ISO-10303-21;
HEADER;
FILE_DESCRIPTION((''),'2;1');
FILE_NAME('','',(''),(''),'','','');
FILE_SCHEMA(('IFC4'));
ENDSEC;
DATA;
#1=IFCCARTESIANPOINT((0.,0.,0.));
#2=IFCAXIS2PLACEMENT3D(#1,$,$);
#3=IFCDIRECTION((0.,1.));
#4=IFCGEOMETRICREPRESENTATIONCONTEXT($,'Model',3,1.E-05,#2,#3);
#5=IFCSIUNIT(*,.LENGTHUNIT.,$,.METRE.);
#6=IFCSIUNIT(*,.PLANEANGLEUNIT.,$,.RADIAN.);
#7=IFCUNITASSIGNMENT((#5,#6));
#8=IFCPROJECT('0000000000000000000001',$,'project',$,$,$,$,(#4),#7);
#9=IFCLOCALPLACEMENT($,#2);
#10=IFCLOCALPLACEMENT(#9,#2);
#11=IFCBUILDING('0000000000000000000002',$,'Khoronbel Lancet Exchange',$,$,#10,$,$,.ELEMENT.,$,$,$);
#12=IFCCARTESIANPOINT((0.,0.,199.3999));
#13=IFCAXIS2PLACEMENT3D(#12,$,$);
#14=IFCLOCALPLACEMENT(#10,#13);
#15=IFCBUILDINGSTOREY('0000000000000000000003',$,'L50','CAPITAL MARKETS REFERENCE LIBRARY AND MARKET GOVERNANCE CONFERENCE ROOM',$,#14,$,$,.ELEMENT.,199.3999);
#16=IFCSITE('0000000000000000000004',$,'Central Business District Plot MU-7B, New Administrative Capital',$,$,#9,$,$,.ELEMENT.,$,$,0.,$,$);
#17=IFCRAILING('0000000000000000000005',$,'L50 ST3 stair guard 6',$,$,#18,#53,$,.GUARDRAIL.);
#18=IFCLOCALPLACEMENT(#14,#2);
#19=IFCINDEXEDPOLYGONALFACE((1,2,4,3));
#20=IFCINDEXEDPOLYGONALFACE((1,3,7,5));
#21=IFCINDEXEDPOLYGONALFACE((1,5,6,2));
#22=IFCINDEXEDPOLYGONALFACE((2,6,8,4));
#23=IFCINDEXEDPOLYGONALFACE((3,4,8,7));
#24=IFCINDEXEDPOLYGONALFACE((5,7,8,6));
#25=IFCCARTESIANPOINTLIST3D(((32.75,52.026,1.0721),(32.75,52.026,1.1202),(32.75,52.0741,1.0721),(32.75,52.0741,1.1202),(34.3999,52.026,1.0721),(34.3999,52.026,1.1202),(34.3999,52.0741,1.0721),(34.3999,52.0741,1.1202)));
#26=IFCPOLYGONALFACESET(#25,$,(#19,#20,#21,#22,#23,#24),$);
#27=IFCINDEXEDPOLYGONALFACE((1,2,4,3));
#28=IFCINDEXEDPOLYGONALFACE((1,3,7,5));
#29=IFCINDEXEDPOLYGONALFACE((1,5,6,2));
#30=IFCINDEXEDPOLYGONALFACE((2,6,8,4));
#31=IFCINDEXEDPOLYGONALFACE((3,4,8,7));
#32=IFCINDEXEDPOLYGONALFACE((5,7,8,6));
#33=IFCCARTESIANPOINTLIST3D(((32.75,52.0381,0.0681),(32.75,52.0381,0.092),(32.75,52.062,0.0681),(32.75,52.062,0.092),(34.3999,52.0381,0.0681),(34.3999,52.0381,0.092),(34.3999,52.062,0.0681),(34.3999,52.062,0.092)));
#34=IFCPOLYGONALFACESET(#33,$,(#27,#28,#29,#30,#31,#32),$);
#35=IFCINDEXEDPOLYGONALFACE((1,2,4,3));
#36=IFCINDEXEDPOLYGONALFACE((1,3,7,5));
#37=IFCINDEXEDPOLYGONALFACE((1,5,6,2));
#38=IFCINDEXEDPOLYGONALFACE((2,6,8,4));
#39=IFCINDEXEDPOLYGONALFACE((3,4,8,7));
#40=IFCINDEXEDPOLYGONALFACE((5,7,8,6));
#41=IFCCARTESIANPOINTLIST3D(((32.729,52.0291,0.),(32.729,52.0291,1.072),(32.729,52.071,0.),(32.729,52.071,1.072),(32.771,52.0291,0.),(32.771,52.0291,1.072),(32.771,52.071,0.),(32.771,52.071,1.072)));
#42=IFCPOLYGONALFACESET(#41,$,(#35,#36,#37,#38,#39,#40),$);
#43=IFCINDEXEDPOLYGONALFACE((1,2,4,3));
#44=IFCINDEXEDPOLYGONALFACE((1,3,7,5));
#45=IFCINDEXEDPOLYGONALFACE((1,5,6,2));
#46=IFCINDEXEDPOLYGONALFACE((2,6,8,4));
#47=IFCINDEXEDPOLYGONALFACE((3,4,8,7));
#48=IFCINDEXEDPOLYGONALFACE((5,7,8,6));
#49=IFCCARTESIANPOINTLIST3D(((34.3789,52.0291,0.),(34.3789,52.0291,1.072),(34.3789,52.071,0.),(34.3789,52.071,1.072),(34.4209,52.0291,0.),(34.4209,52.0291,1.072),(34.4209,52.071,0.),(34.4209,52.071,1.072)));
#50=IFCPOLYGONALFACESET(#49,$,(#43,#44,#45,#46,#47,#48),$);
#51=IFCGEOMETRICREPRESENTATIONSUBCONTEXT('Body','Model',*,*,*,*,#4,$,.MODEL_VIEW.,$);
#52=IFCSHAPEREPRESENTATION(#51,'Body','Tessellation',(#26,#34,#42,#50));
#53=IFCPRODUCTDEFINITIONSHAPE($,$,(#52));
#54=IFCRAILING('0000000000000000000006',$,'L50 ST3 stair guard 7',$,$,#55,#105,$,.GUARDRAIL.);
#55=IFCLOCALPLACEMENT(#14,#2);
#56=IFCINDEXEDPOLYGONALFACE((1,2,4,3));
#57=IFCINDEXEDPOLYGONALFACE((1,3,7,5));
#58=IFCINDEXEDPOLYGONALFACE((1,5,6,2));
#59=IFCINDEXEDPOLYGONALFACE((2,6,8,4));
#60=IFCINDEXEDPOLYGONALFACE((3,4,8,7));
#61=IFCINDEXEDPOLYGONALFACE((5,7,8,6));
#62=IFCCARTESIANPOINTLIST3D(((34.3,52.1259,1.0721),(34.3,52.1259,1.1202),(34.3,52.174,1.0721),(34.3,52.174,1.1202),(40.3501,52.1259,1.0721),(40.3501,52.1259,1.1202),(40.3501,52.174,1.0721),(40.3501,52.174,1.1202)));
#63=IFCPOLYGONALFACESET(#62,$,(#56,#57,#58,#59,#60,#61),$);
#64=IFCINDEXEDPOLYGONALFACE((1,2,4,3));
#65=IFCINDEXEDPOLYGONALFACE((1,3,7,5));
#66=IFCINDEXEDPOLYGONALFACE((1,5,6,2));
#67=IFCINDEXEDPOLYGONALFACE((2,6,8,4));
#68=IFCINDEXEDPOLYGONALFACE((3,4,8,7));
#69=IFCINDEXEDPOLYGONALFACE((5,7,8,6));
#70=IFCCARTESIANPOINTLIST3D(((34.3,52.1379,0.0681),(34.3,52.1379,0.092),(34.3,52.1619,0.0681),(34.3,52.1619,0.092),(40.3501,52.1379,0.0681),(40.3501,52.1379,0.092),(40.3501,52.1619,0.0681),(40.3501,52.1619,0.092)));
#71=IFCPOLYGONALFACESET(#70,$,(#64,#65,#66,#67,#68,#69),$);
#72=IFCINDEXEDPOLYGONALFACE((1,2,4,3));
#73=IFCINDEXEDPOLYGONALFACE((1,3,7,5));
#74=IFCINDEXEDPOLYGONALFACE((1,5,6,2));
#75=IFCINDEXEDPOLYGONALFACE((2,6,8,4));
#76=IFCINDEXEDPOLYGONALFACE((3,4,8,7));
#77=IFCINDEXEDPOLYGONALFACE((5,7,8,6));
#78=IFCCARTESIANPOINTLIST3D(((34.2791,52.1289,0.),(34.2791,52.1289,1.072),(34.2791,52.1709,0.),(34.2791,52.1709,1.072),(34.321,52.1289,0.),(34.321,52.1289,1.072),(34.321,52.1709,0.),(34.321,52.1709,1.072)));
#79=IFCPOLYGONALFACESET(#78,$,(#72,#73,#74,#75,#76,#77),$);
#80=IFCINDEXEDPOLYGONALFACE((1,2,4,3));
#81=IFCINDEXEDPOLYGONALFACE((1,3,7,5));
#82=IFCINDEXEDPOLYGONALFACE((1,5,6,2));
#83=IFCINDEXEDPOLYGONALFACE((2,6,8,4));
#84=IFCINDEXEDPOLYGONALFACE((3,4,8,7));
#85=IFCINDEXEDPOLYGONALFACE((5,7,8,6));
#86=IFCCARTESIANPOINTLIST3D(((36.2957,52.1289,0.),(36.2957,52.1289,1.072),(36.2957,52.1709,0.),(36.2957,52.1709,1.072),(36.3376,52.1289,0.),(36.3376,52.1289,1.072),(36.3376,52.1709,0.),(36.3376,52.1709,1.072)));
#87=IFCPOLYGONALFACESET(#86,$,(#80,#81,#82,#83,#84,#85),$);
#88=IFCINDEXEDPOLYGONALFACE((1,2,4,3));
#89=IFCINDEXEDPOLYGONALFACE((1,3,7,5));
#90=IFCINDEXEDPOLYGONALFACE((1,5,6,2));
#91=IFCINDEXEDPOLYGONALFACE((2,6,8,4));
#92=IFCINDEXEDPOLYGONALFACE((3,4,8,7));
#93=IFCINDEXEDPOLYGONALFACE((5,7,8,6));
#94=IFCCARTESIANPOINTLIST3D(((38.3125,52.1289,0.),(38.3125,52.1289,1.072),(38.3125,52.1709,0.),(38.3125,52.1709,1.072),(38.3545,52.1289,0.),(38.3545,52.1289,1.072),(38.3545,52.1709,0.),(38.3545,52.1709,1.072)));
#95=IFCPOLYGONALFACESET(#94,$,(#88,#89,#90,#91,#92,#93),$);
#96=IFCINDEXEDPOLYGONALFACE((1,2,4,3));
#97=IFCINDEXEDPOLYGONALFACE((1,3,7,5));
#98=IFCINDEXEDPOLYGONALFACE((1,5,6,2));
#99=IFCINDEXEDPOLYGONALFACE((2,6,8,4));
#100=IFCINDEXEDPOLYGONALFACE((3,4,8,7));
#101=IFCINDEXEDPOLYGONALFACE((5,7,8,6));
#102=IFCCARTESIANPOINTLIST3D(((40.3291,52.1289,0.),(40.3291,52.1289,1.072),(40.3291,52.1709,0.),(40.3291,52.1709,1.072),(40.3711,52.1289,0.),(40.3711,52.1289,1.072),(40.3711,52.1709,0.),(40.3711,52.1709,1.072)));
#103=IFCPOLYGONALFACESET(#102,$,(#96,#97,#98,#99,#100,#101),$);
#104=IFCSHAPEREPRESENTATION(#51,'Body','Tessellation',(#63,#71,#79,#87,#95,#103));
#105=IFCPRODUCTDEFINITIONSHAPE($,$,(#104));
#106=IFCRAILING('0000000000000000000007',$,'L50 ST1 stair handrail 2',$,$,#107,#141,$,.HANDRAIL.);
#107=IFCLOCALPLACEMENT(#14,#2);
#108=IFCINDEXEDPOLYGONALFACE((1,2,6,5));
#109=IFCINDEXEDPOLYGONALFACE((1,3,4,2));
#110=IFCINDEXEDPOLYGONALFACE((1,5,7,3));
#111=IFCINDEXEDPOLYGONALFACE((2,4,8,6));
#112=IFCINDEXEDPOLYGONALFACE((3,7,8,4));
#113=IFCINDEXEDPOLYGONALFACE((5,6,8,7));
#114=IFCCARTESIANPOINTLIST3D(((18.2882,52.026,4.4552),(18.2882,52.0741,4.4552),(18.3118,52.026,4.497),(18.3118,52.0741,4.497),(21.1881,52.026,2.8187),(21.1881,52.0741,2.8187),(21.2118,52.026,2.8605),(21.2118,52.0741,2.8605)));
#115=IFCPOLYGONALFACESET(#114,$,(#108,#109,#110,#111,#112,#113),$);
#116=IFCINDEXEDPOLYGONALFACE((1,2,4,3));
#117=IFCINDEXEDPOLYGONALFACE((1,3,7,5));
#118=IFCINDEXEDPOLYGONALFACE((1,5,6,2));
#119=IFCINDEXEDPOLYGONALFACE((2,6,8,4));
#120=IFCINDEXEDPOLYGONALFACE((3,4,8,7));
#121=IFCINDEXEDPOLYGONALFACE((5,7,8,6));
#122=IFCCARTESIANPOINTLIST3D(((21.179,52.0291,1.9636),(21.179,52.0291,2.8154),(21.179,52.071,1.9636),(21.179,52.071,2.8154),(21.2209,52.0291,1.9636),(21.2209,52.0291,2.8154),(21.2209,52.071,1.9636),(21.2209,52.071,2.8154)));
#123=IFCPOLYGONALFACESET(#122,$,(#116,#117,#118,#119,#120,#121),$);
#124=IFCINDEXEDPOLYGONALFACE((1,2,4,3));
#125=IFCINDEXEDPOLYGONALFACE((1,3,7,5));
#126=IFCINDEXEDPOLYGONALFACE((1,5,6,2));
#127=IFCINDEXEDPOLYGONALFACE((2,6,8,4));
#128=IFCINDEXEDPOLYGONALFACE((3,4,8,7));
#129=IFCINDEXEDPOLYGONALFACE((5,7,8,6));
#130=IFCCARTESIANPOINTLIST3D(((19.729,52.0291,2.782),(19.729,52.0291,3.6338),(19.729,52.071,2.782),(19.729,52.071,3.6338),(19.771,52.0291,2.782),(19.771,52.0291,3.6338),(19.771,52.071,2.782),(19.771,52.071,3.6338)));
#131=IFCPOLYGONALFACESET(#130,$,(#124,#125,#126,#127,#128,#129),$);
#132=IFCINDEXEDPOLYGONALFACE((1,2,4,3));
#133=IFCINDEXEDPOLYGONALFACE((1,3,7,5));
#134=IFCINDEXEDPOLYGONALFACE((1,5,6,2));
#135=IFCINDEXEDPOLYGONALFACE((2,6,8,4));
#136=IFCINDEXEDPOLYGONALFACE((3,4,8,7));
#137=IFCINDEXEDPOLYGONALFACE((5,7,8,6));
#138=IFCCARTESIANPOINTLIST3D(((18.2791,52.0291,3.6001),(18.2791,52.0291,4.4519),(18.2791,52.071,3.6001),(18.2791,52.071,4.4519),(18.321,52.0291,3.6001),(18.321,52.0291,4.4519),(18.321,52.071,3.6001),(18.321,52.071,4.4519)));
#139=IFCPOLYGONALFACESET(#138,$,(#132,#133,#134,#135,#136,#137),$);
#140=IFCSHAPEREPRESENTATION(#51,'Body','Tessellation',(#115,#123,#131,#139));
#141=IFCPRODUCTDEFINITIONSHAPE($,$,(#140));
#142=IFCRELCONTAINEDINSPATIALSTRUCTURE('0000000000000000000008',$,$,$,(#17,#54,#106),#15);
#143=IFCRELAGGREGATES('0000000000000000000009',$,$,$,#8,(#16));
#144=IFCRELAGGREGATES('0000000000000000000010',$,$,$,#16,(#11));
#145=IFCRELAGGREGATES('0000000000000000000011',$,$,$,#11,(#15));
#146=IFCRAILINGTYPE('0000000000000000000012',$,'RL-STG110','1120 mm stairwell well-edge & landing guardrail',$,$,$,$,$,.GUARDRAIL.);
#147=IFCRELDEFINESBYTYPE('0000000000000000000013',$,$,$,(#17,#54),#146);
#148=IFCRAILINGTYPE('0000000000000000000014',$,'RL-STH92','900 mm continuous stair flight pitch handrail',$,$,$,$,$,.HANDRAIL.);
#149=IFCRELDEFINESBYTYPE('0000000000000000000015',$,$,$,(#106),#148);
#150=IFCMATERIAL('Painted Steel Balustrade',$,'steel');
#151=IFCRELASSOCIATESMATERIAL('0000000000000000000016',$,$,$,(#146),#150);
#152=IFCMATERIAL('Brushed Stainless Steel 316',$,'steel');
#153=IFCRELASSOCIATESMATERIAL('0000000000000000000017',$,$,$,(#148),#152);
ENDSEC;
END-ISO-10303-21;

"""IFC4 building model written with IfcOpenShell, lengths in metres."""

from ifc_helpers import new_model, si_unit, direction, frame, origin, origin_2d, place, context, subcontext, project, spatial, rectangle, extrude, material, type_object, element, save


model = new_model("IFC4")

# Units and contexts
model_context = context("Model", 3, precision=1e-05, world=origin(), true_north=direction((0.0, 1.0)))
body_context = subcontext(model_context, "Body", "Model", "MODEL_VIEW")
ifc_project = project(units=[si_unit("LENGTHUNIT", "METRE"), si_unit("PLANEANGLEUNIT", "RADIAN")], contexts=[model_context])

# Site, building, storey
site_placement = place(None, origin())
site = spatial("IfcSite", under=ifc_project, at=site_placement, Name="Central Business District Plot MU-7B, New Administrative Capital", CompositionType="ELEMENT", RefElevation=0.0)
building_placement = place(site_placement, origin())
building = spatial("IfcBuilding", under=site, at=building_placement, Name="Khoronbel Lancet Exchange", CompositionType="ELEMENT")
storey_placement = place(building_placement, frame((0.0, 0.0, 199.3999)))
storey = spatial("IfcBuildingStorey", under=building, at=storey_placement, Name="L50", Description="CAPITAL MARKETS REFERENCE LIBRARY AND MARKET GOVERNANCE CONFERENCE ROOM", CompositionType="ELEMENT", Elevation=199.3999)

# Railings
ifc_material_1 = material(Name="Painted Steel Balustrade", Category="steel")
railing_type_1 = type_object("IfcRailingType", Name="RL-STG110", Description="1120 mm stairwell well-edge & landing guardrail", PredefinedType="GUARDRAIL", material=ifc_material_1)
railing_1_placement = place(storey_placement, frame((32.75, 52.05, 0.0)))
element("IfcRailing", 1, at=railing_1_placement, inside=storey, type_object=railing_type_1, Name="L50 ST3 stair guard 6", PredefinedType="GUARDRAIL", context=body_context, shape_type="SweptSolid", body=[
    extrude(rectangle(XDim=0.0481, YDim=0.0481, at=origin_2d()), frame((0.0, 0.0, 1.0962), z_axis=(1.0, 0.0, 0.0), x_axis=(0.0, 1.0, 0.0)), (0.0, 0.0, 1.0), 1.6499),
    extrude(rectangle(XDim=0.0239, YDim=0.0239, at=origin_2d()), frame((0.0, 0.0, 0.0801), z_axis=(1.0, 0.0, 0.0), x_axis=(0.0, 1.0, 0.0)), (0.0, 0.0, 1.0), 1.6499),
    extrude(rectangle(XDim=0.042, YDim=0.042, at=origin_2d()), origin(), (0.0, 0.0, 1.0), 1.072),
    extrude(rectangle(XDim=0.042, YDim=0.042, at=origin_2d()), frame((1.6499, 0.0, 0.0)), (0.0, 0.0, 1.0), 1.072),
])
railing_2_placement = place(storey_placement, frame((34.3, 52.1499, 0.0)))
element("IfcRailing", 2, at=railing_2_placement, inside=storey, type_object=railing_type_1, Name="L50 ST3 stair guard 7", PredefinedType="GUARDRAIL", context=body_context, shape_type="SweptSolid", body=[
    extrude(rectangle(XDim=0.0481, YDim=0.0481, at=origin_2d()), frame((0.0, 0.0, 1.0962), z_axis=(1.0, 0.0, 0.0), x_axis=(0.0, 1.0, 0.0)), (0.0, 0.0, 1.0), 6.05),
    extrude(rectangle(XDim=0.0239, YDim=0.0239, at=origin_2d()), frame((0.0, 0.0, 0.0801), z_axis=(1.0, 0.0, 0.0), x_axis=(0.0, 1.0, 0.0)), (0.0, 0.0, 1.0), 6.05),
    extrude(rectangle(XDim=0.042, YDim=0.042, at=origin_2d()), origin(), (0.0, 0.0, 1.0), 1.072),
    extrude(rectangle(XDim=0.042, YDim=0.042, at=origin_2d()), frame((2.0166, 0.0, 0.0)), (0.0, 0.0, 1.0), 1.072),
    extrude(rectangle(XDim=0.042, YDim=0.042, at=origin_2d()), frame((4.0334, 0.0, 0.0)), (0.0, 0.0, 1.0), 1.072),
    extrude(rectangle(XDim=0.042, YDim=0.042, at=origin_2d()), frame((6.05, 0.0, 0.0)), (0.0, 0.0, 1.0), 1.072),
])
ifc_material_2 = material(Name="Brushed Stainless Steel 316", Category="steel")
railing_type_2 = type_object("IfcRailingType", Name="RL-STH92", Description="900 mm continuous stair flight pitch handrail", PredefinedType="HANDRAIL", material=ifc_material_2)
railing_3_placement = place(storey_placement, frame((21.2, 52.05, 1.9636)))
element("IfcRailing", 3, at=railing_3_placement, inside=storey, type_object=railing_type_2, Name="L50 ST1 stair handrail 2", PredefinedType="HANDRAIL", context=body_context, shape_type="SweptSolid", body=[
    extrude(rectangle(XDim=0.0481, YDim=0.0481, at=origin_2d()), frame((0.0, 0.0, 0.876), z_axis=(-0.870897, 0.0, 0.491465), x_axis=(0.0, -1.0, 0.0)), (0.0, 0.0, 1.0), 3.3298),
    extrude(rectangle(XDim=0.042, YDim=0.042, at=origin_2d()), origin(), (0.0, 0.0, 1.0), 0.8518),
    extrude(rectangle(XDim=0.042, YDim=0.042, at=origin_2d()), frame((-1.45, 0.0, 0.8184)), (0.0, 0.0, 1.0), 0.8518),
    extrude(rectangle(XDim=0.042, YDim=0.042, at=origin_2d()), frame((-2.8999, 0.0, 1.6365)), (0.0, 0.0, 1.0), 0.8518),
])

save(model, "model.ifc")
